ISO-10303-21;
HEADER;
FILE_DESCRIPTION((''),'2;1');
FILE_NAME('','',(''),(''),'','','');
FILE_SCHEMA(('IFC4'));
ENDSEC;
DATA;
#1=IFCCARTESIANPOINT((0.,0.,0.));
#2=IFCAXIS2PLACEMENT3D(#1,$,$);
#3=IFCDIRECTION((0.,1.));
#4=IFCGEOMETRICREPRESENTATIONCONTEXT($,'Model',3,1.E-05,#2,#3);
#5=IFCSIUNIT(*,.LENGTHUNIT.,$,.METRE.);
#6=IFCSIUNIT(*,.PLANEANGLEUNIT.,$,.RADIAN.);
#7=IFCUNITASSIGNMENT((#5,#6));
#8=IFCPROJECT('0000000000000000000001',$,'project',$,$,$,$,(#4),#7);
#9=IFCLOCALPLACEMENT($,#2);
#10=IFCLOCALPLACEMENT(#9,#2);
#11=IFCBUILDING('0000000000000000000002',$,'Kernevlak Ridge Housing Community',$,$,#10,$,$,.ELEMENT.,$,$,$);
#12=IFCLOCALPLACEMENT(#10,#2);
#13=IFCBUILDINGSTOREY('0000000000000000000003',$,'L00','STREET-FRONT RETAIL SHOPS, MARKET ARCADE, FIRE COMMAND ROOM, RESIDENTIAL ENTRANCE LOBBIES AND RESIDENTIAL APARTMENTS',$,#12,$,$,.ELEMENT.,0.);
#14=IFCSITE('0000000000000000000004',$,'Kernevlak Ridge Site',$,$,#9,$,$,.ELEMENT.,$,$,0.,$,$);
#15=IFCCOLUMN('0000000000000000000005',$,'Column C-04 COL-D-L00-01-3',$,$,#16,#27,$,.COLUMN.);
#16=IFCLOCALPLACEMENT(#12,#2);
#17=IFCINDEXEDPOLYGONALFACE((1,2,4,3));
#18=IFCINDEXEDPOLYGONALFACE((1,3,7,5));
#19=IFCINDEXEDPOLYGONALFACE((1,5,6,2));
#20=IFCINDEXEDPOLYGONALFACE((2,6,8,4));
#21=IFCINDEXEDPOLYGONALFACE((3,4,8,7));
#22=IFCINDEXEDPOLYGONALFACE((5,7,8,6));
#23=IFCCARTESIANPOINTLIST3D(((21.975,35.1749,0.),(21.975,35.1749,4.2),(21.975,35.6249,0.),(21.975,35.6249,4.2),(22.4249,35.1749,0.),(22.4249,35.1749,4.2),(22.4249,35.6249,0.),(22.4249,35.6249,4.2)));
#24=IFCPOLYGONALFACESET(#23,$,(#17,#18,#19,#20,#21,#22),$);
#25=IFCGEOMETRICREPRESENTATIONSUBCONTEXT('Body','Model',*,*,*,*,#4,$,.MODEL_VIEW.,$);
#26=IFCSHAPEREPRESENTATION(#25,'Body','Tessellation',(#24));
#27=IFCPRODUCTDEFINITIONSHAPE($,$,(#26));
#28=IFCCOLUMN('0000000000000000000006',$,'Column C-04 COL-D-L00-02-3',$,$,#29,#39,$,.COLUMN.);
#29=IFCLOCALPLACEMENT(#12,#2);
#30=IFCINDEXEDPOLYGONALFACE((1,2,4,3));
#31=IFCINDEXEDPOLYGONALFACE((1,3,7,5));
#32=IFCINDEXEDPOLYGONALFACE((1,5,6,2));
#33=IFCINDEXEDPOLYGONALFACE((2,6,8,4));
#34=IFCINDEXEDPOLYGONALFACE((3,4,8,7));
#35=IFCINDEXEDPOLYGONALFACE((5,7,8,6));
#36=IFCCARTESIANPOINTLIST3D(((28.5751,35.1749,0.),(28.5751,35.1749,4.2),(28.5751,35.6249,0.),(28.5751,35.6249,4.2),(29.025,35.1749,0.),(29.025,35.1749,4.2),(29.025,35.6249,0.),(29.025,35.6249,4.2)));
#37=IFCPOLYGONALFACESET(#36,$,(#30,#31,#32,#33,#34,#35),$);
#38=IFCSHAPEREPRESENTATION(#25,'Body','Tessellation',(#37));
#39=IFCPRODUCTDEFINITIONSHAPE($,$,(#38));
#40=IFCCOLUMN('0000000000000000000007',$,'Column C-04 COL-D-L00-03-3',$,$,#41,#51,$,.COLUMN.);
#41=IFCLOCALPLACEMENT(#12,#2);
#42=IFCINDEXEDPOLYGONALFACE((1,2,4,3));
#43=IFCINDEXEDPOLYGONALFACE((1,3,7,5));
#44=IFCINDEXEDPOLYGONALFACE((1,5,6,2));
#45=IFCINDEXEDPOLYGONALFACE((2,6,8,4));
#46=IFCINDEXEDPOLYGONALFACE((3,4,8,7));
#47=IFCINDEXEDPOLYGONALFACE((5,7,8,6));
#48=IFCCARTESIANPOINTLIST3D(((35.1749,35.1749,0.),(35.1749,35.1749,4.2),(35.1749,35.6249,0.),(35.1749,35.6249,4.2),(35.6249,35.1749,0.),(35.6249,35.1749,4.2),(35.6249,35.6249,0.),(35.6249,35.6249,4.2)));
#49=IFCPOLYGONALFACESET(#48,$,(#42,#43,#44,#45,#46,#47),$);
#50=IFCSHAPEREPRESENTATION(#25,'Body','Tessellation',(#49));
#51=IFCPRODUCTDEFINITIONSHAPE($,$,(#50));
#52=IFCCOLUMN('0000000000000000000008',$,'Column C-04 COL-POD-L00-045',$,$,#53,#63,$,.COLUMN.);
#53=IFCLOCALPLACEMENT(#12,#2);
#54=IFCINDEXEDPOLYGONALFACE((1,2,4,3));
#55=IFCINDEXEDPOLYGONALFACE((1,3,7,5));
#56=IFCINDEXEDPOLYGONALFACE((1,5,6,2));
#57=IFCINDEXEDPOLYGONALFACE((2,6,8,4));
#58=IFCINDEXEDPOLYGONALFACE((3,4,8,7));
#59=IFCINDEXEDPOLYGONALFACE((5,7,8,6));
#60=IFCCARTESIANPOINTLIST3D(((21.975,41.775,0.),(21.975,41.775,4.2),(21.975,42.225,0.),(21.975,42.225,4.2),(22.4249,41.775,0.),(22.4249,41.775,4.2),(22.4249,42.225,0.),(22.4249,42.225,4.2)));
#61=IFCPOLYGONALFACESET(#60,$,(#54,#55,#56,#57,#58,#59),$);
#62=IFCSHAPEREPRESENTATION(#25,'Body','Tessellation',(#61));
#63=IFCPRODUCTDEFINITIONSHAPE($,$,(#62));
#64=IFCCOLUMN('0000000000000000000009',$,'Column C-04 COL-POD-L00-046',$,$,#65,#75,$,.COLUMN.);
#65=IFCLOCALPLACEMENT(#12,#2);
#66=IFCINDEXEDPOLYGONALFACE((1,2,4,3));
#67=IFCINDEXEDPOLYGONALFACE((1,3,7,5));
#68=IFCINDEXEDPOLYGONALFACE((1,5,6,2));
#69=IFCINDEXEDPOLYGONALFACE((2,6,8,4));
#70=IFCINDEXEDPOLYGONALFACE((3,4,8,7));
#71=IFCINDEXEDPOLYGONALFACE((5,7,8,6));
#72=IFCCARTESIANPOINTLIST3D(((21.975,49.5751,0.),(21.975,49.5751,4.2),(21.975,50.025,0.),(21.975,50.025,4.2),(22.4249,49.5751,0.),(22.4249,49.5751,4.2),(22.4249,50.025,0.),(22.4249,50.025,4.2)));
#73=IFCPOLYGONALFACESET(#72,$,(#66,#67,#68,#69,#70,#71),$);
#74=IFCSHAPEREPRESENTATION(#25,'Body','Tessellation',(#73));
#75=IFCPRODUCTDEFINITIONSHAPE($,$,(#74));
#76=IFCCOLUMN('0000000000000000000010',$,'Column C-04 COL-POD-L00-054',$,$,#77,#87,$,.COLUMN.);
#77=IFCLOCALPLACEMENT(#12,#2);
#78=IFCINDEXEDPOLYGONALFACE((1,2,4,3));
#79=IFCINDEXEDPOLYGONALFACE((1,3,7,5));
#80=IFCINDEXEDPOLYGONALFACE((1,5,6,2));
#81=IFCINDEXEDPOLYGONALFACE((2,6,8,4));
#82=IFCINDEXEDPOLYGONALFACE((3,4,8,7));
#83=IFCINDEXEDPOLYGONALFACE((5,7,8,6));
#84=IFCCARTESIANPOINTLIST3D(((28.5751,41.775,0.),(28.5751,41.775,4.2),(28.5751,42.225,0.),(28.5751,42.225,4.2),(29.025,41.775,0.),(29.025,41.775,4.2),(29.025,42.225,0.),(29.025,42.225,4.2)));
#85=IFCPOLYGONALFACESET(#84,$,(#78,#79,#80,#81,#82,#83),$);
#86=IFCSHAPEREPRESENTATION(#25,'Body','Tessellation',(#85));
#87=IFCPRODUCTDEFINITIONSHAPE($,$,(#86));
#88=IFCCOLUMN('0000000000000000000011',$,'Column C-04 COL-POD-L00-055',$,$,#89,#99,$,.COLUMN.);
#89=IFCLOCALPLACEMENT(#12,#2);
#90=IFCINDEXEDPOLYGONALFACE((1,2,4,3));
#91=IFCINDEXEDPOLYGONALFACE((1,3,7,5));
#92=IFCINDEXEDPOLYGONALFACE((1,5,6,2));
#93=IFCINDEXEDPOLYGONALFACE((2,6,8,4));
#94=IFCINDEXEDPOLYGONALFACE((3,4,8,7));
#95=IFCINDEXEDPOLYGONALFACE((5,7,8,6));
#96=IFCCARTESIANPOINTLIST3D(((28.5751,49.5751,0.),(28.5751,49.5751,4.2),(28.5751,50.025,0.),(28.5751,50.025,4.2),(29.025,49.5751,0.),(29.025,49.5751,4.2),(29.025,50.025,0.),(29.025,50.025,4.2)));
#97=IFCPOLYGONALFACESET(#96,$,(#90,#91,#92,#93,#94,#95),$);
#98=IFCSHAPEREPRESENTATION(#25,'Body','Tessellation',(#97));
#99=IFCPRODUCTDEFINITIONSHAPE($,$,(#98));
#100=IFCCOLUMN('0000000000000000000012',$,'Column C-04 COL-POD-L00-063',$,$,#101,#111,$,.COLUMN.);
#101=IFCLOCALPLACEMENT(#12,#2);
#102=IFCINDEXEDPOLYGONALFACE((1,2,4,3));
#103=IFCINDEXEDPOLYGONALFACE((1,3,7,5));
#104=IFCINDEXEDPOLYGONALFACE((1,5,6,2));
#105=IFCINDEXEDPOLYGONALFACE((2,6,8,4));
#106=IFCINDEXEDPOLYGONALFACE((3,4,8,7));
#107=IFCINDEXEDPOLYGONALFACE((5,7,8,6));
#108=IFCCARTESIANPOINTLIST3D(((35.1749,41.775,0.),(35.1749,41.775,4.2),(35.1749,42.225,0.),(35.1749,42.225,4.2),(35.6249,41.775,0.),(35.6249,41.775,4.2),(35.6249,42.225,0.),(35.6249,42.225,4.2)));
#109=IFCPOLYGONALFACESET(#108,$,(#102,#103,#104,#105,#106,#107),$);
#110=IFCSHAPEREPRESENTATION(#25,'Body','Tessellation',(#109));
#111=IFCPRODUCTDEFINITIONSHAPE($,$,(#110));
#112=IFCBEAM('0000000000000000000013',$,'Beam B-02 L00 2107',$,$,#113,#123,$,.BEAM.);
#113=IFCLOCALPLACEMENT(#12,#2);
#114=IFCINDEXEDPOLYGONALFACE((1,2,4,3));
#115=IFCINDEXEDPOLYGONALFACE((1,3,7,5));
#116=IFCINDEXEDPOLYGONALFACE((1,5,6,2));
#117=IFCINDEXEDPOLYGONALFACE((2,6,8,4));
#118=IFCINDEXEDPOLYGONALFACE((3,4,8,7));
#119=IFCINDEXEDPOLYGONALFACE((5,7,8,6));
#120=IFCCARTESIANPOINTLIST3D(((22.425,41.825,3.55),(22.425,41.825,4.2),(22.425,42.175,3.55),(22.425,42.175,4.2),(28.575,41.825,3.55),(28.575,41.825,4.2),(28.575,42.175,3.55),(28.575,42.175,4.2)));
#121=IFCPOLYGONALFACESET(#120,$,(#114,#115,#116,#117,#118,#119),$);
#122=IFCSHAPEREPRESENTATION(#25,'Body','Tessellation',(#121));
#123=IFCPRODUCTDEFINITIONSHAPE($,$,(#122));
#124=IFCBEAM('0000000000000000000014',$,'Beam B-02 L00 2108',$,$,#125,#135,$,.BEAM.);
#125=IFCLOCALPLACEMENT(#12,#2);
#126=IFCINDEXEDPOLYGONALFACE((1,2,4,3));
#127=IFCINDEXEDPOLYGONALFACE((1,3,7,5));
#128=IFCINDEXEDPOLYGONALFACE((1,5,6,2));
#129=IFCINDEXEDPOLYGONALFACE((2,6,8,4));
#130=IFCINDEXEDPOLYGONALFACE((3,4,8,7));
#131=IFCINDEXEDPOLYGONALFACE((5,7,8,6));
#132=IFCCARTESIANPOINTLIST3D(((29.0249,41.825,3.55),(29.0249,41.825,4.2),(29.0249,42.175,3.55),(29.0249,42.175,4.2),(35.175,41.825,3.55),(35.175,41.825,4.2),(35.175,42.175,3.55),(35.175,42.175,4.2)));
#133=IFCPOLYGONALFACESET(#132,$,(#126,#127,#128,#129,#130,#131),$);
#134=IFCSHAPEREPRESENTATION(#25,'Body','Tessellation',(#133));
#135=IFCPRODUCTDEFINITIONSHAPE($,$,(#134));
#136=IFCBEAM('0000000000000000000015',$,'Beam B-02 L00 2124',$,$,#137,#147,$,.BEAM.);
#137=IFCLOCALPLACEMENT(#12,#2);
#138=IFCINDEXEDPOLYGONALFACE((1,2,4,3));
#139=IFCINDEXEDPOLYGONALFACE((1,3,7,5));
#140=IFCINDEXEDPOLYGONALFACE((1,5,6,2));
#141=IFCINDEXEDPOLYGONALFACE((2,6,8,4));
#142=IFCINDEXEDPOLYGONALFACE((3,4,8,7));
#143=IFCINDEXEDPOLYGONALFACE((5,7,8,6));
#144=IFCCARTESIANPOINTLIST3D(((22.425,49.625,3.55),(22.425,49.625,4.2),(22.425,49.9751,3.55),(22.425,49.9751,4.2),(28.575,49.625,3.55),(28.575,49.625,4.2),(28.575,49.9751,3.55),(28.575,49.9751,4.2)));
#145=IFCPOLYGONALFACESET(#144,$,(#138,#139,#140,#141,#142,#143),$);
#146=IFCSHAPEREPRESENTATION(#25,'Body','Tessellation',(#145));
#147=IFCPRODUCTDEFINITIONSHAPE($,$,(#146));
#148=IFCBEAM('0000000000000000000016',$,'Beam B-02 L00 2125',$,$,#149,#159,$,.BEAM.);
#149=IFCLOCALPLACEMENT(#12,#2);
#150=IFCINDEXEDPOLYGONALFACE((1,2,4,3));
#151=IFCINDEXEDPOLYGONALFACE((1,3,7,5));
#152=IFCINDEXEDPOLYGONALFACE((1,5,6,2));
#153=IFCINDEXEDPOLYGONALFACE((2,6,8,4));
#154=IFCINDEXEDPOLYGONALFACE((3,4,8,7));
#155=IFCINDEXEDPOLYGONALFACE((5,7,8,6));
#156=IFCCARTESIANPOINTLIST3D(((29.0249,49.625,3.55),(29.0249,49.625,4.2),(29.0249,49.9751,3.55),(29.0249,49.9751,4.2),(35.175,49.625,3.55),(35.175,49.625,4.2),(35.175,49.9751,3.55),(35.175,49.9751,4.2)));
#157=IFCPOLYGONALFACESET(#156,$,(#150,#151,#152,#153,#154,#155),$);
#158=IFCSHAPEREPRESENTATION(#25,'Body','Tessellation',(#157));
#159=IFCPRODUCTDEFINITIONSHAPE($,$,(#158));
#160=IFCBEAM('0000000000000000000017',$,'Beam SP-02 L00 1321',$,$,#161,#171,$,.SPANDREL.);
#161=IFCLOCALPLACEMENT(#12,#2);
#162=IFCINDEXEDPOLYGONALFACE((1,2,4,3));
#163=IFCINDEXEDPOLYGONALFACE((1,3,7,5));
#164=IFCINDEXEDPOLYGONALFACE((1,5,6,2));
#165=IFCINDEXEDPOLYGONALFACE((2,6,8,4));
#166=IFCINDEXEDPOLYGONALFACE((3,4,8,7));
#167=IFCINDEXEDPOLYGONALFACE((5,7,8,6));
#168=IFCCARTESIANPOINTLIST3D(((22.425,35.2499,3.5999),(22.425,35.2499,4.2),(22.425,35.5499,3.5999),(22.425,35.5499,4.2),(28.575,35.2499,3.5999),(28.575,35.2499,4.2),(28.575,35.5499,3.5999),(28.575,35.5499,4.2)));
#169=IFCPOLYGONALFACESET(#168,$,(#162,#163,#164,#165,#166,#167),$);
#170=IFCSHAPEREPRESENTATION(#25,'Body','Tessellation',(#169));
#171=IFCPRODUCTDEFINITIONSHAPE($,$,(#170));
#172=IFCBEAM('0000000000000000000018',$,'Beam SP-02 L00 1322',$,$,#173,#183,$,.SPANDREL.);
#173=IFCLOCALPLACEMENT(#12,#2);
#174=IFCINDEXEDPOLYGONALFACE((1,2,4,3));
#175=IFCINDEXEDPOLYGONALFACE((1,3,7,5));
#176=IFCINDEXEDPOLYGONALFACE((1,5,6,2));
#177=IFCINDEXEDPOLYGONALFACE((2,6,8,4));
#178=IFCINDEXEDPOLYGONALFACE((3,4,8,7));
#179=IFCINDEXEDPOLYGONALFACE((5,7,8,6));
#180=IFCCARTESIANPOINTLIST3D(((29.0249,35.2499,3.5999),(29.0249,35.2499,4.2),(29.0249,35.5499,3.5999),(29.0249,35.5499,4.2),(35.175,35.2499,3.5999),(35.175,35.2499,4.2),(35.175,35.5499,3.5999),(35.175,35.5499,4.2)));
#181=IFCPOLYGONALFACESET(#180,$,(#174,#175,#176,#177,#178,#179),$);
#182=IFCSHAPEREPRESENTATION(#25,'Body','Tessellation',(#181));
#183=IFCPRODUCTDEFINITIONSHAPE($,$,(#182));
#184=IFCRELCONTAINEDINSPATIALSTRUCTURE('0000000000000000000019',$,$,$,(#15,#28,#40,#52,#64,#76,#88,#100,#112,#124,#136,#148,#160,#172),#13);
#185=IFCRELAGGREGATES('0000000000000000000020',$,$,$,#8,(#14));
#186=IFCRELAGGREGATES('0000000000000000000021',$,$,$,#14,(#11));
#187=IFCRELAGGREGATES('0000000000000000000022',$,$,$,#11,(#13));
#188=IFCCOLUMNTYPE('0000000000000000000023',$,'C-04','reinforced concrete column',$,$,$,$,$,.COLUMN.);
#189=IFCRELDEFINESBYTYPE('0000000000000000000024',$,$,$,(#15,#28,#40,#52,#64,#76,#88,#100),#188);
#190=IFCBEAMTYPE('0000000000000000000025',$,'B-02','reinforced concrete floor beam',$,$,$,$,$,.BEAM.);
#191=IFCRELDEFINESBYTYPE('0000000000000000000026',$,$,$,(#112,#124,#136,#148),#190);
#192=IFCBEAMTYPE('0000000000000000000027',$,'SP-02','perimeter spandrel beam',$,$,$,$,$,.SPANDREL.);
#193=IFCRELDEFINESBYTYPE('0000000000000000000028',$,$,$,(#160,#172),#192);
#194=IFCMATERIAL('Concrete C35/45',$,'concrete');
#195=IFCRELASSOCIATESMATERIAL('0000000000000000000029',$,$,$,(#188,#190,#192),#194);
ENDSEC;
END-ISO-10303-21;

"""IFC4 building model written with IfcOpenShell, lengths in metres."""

from ifc_helpers import new_model, si_unit, direction, frame, origin, origin_2d, place, context, subcontext, project, spatial, rectangle, extrude, material, material_profile, profile_set, type_object, element, save


model = new_model("IFC4")

# Units and contexts
model_context = context("Model", 3, precision=1e-05, world=origin(), true_north=direction((0.0, 1.0)))
body_context = subcontext(model_context, "Body", "Model", "MODEL_VIEW")
ifc_project = project(units=[si_unit("LENGTHUNIT", "METRE"), si_unit("PLANEANGLEUNIT", "RADIAN")], contexts=[model_context])

# Site, building, storey
site_placement = place(None, origin())
site = spatial("IfcSite", under=ifc_project, at=site_placement, Name="Kernevlak Ridge Site", CompositionType="ELEMENT", RefElevation=0.0)
building_placement = place(site_placement, origin())
building = spatial("IfcBuilding", under=site, at=building_placement, Name="Kernevlak Ridge Housing Community", CompositionType="ELEMENT")
storey_placement = place(building_placement, origin())
storey = spatial("IfcBuildingStorey", under=building, at=storey_placement, Name="L00", Description="STREET-FRONT RETAIL SHOPS, MARKET ARCADE, FIRE COMMAND ROOM, RESIDENTIAL ENTRANCE LOBBIES AND RESIDENTIAL APARTMENTS", CompositionType="ELEMENT", Elevation=0.0)

# Columns
ifc_material_1 = material(Name="Concrete C35/45", Category="concrete")
ifc_material_profile_1 = material_profile(ifc_material_1, rectangle(XDim=0.45, YDim=0.45, at=origin_2d()), Name="RC 450x450")
ifc_profile_set_1 = profile_set([ifc_material_profile_1], Name="Concrete C35/45")
column_type = type_object("IfcColumnType", Name="C-04", Description="reinforced concrete column", PredefinedType="COLUMN", material=ifc_profile_set_1)
for number, where, z_axis, x_axis, name in (
    (1, (22.2, 35.3999, 0.0), (0.0, 0.0, 1.0), (1.0, 0.0, 0.0), "Column C-04 COL-D-L00-01-3"),
    (2, (28.8, 35.3999, 0.0), (0.0, 0.0, 1.0), (1.0, 0.0, 0.0), "Column C-04 COL-D-L00-02-3"),
    (3, (35.3999, 35.3999, 0.0), (0.0, 0.0, 1.0), (1.0, 0.0, 0.0), "Column C-04 COL-D-L00-03-3"),
    (4, (22.2, 42.0, 0.0), (0.0, 0.0, 1.0), (1.0, 0.0, 0.0), "Column C-04 COL-POD-L00-045"),
    (5, (22.2, 49.8, 0.0), (0.0, 0.0, 1.0), (1.0, 0.0, 0.0), "Column C-04 COL-POD-L00-046"),
    (6, (28.8, 42.0, 0.0), (0.0, 0.0, 1.0), (1.0, 0.0, 0.0), "Column C-04 COL-POD-L00-054"),
    (7, (28.8, 49.8, 0.0), (0.0, 0.0, 1.0), (1.0, 0.0, 0.0), "Column C-04 COL-POD-L00-055"),
    (8, (35.3999, 42.0, 0.0), (0.0, 0.0, 1.0), (1.0, 0.0, 0.0), "Column C-04 COL-POD-L00-063"),
):
    element("IfcColumn", number, at=place(storey_placement, frame(where, z_axis=z_axis, x_axis=x_axis)), inside=storey, type_object=column_type, Name=name, PredefinedType="COLUMN", context=body_context, shape_type="SweptSolid", body=[
        extrude(rectangle(XDim=0.45, YDim=0.45, at=origin_2d()), origin(), (0.0, 0.0, 1.0), 4.2),
    ])

# Beams
ifc_material_profile_2 = material_profile(ifc_material_1, rectangle(XDim=0.3501, YDim=0.6499, at=origin_2d()), Name="RC 350x650")
ifc_profile_set_2 = profile_set([ifc_material_profile_2], Name="Concrete C35/45")
beam_type_1 = type_object("IfcBeamType", Name="B-02", Description="reinforced concrete floor beam", PredefinedType="BEAM", material=ifc_profile_set_2)
beam_1_placement = place(storey_placement, frame((22.425, 42.0, 3.875), z_axis=(1.0, 0.0, 0.0), x_axis=(0.0, 1.0, 0.0)))
element("IfcBeam", 9, at=beam_1_placement, inside=storey, type_object=beam_type_1, Name="Beam B-02 L00 2107", PredefinedType="BEAM", context=body_context, shape_type="SweptSolid", body=[
    extrude(rectangle(XDim=0.3501, YDim=0.6499, at=origin_2d()), origin(), (0.0, 0.0, 1.0), 6.1499),
])
beam_2_placement = place(storey_placement, frame((29.0249, 42.0, 3.875), z_axis=(1.0, 0.0, 0.0), x_axis=(0.0, 1.0, 0.0)))
element("IfcBeam", 10, at=beam_2_placement, inside=storey, type_object=beam_type_1, Name="Beam B-02 L00 2108", PredefinedType="BEAM", context=body_context, shape_type="SweptSolid", body=[
    extrude(rectangle(XDim=0.3501, YDim=0.6499, at=origin_2d()), origin(), (0.0, 0.0, 1.0), 6.1501),
])
beam_3_placement = place(storey_placement, frame((22.425, 49.8, 3.875), z_axis=(1.0, 0.0, 0.0), x_axis=(0.0, 1.0, 0.0)))
element("IfcBeam", 11, at=beam_3_placement, inside=storey, type_object=beam_type_1, Name="Beam B-02 L00 2124", PredefinedType="BEAM", context=body_context, shape_type="SweptSolid", body=[
    extrude(rectangle(XDim=0.3501, YDim=0.6499, at=origin_2d()), origin(), (0.0, 0.0, 1.0), 6.1499),
])
beam_4_placement = place(storey_placement, frame((29.0249, 49.8, 3.875), z_axis=(1.0, 0.0, 0.0), x_axis=(0.0, 1.0, 0.0)))
element("IfcBeam", 12, at=beam_4_placement, inside=storey, type_object=beam_type_1, Name="Beam B-02 L00 2125", PredefinedType="BEAM", context=body_context, shape_type="SweptSolid", body=[
    extrude(rectangle(XDim=0.3501, YDim=0.6499, at=origin_2d()), origin(), (0.0, 0.0, 1.0), 6.1501),
])
ifc_material_profile_3 = material_profile(ifc_material_1, rectangle(XDim=0.3, YDim=0.6001, at=origin_2d()), Name="RC 300x600")
ifc_profile_set_3 = profile_set([ifc_material_profile_3], Name="Concrete C35/45")
beam_type_2 = type_object("IfcBeamType", Name="SP-02", Description="perimeter spandrel beam", PredefinedType="SPANDREL", material=ifc_profile_set_3)
beam_5_placement = place(storey_placement, frame((22.425, 35.3999, 3.8999), z_axis=(1.0, 0.0, 0.0), x_axis=(0.0, 1.0, 0.0)))
element("IfcBeam", 13, at=beam_5_placement, inside=storey, type_object=beam_type_2, Name="Beam SP-02 L00 1321", PredefinedType="SPANDREL", context=body_context, shape_type="SweptSolid", body=[
    extrude(rectangle(XDim=0.3, YDim=0.6001, at=origin_2d()), origin(), (0.0, 0.0, 1.0), 6.1499),
])
beam_6_placement = place(storey_placement, frame((29.0249, 35.3999, 3.8999), z_axis=(1.0, 0.0, 0.0), x_axis=(0.0, 1.0, 0.0)))
element("IfcBeam", 14, at=beam_6_placement, inside=storey, type_object=beam_type_2, Name="Beam SP-02 L00 1322", PredefinedType="SPANDREL", context=body_context, shape_type="SweptSolid", body=[
    extrude(rectangle(XDim=0.3, YDim=0.6001, at=origin_2d()), origin(), (0.0, 0.0, 1.0), 6.1501),
])

save(model, "model.ifc")
